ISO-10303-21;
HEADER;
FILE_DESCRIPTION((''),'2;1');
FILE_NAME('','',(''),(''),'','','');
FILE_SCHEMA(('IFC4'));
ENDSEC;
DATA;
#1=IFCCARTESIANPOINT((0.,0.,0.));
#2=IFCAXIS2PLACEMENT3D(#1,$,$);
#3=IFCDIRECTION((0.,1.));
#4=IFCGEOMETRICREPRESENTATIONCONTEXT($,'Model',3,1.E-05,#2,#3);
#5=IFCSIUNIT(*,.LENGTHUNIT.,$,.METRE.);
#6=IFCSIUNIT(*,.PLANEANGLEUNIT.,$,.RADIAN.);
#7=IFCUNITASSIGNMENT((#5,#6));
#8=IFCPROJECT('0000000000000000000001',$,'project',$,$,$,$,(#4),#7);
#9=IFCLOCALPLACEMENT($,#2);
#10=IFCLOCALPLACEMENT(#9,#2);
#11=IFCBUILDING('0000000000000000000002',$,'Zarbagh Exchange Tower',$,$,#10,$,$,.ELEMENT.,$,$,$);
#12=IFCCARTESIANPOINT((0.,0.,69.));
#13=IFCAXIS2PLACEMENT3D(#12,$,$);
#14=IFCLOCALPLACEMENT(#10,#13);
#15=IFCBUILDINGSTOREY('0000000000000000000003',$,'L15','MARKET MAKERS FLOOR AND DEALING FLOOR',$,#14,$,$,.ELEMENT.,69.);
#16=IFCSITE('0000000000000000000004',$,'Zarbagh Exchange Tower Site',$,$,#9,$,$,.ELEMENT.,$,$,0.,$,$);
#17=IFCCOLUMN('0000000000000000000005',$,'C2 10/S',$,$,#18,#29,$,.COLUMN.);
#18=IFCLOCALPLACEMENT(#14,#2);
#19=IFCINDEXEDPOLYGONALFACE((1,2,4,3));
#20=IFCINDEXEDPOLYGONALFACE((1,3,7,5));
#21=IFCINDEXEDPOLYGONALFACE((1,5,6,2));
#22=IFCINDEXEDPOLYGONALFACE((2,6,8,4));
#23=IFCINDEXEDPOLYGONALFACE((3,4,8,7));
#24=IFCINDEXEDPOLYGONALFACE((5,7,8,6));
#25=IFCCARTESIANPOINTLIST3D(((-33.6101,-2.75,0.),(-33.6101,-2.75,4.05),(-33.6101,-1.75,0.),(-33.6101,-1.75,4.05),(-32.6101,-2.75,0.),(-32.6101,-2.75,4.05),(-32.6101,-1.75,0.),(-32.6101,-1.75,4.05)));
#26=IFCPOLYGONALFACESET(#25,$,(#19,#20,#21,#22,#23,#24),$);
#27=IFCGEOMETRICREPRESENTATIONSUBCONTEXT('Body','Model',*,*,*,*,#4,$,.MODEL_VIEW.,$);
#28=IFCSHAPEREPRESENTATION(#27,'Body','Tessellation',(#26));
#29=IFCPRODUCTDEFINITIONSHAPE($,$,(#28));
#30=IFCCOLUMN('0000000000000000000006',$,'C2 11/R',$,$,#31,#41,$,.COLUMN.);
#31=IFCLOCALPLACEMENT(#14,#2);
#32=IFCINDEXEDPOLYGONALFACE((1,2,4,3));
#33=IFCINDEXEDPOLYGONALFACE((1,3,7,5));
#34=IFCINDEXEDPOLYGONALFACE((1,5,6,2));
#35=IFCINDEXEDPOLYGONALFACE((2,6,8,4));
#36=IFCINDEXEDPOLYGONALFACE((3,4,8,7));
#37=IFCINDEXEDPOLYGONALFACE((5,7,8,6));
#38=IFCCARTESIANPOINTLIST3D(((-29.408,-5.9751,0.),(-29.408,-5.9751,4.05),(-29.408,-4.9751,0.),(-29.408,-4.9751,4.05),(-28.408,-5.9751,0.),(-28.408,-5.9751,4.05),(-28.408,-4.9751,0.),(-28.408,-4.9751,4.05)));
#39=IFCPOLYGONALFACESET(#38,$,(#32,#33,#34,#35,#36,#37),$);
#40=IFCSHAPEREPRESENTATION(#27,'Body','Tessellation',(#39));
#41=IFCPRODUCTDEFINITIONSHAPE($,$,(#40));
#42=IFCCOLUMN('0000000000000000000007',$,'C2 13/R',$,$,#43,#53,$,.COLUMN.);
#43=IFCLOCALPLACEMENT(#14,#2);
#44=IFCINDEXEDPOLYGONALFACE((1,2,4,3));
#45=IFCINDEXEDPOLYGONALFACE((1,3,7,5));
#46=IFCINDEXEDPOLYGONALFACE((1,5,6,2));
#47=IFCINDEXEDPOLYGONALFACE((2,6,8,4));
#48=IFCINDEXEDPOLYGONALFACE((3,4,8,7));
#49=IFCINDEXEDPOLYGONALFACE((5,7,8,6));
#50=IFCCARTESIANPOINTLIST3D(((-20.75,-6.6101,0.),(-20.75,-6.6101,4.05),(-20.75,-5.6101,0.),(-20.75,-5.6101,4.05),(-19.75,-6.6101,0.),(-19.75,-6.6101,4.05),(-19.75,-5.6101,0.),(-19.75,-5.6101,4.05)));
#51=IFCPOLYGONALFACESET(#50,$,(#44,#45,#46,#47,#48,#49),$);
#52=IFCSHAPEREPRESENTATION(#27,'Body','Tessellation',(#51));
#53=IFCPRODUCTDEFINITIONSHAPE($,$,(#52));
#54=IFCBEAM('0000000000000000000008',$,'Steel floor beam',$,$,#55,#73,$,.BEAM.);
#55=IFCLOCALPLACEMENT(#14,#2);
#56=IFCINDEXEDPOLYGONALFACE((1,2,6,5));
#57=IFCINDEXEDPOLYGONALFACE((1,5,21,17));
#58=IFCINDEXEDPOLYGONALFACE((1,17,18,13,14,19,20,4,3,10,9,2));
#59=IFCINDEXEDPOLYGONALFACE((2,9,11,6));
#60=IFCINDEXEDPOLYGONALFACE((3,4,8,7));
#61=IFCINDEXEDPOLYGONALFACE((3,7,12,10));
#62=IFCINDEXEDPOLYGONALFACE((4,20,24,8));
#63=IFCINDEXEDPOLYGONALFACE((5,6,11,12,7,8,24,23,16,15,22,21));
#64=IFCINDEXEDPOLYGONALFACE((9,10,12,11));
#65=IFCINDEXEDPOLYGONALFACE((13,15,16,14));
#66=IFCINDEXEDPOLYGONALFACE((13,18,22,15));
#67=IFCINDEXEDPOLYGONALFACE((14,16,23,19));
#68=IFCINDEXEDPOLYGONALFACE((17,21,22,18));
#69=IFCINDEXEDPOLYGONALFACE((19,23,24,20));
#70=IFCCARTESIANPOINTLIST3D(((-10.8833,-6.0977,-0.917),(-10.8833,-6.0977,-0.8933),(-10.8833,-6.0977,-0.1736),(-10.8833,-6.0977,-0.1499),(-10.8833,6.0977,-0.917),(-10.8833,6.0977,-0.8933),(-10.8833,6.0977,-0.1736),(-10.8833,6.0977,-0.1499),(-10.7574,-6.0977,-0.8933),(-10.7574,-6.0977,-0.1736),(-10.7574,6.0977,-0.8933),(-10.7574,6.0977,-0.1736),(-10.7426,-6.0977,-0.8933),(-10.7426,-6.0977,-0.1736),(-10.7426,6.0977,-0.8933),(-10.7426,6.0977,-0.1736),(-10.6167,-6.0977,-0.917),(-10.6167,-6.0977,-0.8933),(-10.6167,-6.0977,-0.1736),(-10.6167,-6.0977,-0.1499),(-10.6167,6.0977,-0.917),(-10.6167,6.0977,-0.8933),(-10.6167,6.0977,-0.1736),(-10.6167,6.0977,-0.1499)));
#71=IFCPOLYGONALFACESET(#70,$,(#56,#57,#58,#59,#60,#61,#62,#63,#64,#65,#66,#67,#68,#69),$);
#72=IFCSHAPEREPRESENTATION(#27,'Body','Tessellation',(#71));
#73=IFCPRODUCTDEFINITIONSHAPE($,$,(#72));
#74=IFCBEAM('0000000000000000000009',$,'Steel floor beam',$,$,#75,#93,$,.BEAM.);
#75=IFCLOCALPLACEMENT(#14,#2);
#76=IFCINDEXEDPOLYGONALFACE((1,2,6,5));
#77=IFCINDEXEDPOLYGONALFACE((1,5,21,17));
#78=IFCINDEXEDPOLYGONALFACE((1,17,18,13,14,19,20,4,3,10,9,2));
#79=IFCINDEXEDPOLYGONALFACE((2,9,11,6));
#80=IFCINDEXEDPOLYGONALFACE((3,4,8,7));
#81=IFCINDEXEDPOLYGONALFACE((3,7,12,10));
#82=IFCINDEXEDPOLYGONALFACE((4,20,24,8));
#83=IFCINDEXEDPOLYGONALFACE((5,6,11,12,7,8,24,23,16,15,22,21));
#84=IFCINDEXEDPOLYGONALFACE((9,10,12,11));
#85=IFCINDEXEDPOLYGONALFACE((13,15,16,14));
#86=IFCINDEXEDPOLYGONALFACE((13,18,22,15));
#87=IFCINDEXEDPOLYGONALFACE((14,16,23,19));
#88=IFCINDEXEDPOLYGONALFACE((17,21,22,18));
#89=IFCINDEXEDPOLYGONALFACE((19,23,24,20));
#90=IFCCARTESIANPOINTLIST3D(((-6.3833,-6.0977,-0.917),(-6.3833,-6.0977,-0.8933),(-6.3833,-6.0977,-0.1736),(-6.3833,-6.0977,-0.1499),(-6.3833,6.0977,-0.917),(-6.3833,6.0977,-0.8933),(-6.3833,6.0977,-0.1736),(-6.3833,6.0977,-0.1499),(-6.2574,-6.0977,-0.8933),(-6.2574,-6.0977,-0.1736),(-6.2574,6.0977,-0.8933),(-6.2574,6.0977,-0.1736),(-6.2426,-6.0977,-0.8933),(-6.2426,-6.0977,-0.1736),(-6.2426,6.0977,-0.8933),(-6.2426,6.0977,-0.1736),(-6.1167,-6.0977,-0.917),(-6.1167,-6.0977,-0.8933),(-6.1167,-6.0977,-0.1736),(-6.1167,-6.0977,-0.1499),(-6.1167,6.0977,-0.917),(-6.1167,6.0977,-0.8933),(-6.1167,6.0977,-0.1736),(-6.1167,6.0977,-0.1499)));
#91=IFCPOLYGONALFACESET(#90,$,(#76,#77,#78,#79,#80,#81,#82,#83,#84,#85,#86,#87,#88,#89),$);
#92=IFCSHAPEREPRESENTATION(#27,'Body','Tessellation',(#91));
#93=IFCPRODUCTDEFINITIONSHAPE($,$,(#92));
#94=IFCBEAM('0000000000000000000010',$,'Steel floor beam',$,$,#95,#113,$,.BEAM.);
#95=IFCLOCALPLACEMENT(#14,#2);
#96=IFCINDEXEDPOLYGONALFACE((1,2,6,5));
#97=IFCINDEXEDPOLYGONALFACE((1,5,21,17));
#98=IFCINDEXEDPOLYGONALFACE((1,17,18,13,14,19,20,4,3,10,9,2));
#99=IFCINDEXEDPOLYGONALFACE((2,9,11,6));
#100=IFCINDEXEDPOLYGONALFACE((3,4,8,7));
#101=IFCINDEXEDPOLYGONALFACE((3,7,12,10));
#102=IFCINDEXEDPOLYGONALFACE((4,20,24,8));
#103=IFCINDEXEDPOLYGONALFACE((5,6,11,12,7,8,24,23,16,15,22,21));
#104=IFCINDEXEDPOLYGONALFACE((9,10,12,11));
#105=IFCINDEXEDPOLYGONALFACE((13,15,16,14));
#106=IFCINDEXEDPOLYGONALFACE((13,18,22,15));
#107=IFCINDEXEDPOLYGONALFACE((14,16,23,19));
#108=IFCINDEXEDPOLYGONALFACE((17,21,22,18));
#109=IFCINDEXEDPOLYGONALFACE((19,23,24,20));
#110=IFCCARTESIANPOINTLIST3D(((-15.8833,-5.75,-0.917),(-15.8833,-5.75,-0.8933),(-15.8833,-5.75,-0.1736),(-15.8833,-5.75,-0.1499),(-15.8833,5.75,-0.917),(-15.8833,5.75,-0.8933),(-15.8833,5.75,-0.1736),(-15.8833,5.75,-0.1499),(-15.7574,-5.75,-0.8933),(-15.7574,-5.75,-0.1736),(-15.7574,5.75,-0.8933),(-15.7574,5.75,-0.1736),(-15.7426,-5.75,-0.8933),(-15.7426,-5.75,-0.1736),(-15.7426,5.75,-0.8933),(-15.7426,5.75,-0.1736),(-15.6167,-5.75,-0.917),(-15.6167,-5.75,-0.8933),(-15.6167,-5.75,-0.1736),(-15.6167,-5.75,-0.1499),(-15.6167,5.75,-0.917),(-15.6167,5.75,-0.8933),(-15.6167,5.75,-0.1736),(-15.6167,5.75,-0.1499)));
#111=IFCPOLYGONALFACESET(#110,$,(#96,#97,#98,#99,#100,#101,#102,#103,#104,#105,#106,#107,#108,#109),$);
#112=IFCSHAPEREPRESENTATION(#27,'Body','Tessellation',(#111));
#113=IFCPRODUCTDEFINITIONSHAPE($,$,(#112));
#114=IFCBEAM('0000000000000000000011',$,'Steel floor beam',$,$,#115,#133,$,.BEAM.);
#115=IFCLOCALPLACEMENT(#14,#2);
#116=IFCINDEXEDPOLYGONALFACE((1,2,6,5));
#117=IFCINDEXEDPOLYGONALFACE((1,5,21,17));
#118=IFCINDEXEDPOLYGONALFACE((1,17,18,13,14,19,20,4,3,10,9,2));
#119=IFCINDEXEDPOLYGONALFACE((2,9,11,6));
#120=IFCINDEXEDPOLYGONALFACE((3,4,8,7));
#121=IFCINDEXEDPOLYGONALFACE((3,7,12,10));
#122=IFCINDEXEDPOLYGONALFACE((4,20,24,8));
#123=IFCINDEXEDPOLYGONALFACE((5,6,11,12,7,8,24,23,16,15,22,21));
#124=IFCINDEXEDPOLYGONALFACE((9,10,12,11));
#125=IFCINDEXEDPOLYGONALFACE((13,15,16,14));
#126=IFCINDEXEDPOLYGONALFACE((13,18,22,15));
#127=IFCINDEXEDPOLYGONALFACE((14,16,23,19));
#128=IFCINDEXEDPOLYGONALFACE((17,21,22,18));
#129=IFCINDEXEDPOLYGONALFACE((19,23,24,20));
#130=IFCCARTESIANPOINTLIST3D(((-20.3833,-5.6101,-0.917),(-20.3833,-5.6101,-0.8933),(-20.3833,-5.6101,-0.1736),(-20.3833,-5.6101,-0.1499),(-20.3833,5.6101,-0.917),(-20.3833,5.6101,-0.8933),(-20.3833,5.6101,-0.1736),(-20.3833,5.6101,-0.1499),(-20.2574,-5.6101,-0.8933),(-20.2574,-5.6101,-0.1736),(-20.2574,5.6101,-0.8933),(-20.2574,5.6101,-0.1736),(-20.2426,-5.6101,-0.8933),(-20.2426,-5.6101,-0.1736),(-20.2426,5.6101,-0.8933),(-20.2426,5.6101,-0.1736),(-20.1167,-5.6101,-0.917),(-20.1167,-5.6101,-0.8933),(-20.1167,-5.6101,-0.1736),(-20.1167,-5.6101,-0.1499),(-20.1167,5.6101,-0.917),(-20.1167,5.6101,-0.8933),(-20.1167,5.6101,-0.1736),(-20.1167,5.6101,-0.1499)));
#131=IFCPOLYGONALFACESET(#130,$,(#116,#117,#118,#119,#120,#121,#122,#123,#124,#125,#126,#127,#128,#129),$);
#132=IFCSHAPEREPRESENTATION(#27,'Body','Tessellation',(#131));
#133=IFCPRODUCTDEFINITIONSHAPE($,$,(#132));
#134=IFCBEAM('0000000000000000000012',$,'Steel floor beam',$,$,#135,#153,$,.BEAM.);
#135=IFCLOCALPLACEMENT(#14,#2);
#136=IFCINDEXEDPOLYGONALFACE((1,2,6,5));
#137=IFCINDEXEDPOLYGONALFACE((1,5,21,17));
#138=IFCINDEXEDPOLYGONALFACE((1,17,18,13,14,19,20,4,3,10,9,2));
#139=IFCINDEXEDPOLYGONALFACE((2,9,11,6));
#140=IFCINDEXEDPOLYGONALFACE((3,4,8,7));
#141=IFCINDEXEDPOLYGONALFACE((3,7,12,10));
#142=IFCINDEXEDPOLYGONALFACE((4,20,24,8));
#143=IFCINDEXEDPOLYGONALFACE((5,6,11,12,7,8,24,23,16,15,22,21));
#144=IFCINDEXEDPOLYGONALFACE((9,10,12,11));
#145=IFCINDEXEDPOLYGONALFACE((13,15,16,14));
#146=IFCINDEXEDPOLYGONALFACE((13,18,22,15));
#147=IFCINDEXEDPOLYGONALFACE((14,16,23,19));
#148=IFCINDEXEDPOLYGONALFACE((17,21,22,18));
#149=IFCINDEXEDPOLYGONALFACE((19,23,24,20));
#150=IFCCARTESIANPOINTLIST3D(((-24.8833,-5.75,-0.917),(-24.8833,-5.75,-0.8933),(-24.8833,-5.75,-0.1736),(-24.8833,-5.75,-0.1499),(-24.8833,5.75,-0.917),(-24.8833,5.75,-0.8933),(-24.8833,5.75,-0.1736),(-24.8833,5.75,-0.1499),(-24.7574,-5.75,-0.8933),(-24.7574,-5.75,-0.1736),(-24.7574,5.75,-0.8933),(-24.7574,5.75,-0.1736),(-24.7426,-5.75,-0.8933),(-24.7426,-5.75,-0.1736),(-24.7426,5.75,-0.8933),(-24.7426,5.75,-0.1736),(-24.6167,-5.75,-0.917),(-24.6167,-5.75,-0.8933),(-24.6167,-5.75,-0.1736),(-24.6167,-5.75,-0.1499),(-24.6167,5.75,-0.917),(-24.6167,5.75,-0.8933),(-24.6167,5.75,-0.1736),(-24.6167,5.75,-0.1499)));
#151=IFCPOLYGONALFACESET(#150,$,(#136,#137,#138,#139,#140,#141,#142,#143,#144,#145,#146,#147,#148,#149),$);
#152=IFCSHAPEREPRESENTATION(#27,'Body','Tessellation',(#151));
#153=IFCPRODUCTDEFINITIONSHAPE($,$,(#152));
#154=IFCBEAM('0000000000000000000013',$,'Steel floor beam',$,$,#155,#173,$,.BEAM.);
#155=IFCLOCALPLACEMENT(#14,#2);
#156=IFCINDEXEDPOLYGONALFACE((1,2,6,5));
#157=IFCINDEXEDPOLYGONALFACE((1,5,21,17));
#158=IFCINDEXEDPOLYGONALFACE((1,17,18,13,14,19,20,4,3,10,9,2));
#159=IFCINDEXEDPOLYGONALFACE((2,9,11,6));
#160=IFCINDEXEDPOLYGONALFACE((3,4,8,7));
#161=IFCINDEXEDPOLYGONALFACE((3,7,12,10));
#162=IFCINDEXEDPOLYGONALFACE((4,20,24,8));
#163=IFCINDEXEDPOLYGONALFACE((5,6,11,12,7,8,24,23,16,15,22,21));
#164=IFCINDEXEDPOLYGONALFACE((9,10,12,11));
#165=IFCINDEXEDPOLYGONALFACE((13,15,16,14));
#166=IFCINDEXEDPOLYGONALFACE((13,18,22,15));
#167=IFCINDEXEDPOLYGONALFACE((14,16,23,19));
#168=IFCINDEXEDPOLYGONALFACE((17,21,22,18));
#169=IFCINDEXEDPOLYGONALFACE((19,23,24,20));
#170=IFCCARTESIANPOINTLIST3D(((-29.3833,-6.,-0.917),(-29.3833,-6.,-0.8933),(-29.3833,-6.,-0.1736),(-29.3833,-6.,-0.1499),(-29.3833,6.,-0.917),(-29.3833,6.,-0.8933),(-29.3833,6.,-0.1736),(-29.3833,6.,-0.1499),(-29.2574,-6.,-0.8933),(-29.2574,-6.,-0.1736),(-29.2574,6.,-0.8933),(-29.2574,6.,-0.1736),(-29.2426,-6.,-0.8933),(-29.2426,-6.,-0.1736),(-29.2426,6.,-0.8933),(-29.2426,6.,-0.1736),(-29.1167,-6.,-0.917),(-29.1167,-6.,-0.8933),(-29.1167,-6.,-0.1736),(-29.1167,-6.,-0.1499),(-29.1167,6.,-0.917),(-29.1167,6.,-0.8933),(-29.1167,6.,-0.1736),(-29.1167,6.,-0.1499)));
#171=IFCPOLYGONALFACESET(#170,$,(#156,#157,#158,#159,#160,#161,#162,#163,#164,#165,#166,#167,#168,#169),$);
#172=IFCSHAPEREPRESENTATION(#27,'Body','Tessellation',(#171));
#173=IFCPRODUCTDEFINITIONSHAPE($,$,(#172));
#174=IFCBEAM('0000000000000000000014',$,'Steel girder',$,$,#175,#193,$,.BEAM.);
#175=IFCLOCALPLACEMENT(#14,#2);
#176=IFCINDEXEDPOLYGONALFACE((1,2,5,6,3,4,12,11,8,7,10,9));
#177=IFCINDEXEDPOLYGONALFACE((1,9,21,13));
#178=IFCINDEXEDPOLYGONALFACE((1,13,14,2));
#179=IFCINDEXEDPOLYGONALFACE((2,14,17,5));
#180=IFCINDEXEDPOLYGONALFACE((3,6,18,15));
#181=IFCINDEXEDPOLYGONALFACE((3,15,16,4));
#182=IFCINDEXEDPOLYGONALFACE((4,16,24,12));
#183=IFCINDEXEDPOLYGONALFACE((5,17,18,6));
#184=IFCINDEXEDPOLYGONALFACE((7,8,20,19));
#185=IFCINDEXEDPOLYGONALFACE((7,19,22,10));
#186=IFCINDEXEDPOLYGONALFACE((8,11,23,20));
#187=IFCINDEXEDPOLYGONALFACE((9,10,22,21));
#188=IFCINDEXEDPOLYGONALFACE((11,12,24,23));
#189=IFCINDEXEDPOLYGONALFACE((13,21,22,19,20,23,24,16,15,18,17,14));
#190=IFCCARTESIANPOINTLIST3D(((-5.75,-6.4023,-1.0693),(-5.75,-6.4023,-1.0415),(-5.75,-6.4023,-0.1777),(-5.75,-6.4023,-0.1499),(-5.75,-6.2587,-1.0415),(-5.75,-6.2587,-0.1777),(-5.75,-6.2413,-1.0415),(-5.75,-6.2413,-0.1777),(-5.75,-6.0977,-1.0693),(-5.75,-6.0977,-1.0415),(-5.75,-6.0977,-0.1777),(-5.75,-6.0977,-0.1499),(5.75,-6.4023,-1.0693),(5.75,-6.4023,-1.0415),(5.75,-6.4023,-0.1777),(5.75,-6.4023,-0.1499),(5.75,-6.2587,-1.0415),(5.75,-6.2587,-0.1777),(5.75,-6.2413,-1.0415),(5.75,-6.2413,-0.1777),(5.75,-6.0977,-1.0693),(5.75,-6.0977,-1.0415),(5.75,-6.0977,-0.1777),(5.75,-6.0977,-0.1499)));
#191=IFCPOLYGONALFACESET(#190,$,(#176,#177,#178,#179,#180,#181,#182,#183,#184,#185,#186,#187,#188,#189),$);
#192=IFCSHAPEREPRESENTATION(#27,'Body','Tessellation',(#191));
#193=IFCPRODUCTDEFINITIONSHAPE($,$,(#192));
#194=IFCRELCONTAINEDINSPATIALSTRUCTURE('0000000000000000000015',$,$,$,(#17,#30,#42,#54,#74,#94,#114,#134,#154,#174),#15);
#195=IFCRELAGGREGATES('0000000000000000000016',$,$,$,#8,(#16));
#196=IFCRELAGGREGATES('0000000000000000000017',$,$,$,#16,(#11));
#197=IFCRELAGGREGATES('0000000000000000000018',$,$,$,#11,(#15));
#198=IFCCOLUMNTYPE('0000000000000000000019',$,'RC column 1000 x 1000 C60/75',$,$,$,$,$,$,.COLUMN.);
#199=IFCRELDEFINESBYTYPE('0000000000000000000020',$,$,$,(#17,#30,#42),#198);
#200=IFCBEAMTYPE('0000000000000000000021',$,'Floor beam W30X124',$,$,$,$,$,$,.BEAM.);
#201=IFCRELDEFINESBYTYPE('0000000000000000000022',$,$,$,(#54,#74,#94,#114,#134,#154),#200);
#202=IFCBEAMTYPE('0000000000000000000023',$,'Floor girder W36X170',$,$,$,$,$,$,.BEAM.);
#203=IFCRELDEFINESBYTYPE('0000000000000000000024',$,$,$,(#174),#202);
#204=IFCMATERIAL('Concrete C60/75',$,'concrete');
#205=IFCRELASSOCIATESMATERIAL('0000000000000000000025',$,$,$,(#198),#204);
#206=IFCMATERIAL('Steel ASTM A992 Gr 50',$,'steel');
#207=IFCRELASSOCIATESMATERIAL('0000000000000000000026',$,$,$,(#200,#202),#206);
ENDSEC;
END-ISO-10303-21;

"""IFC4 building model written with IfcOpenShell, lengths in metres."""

from ifc_helpers import new_model, si_unit, direction, frame, origin, origin_2d, place, context, subcontext, project, spatial, rectangle, i_section, extrude, material, material_profile, profile_set, type_object, element, save


model = new_model("IFC4")

# Units and contexts
model_context = context("Model", 3, precision=1e-05, world=origin(), true_north=direction((0.0, 1.0)))
body_context = subcontext(model_context, "Body", "Model", "MODEL_VIEW")
ifc_project = project(units=[si_unit("LENGTHUNIT", "METRE"), si_unit("PLANEANGLEUNIT", "RADIAN")], contexts=[model_context])

# Site, building, storey
site_placement = place(None, origin())
site = spatial("IfcSite", under=ifc_project, at=site_placement, Name="Zarbagh Exchange Tower Site", CompositionType="ELEMENT", RefElevation=0.0)
building_placement = place(site_placement, origin())
building = spatial("IfcBuilding", under=site, at=building_placement, Name="Zarbagh Exchange Tower", CompositionType="ELEMENT")
storey_placement = place(building_placement, frame((0.0, 0.0, 69.0)))
storey = spatial("IfcBuildingStorey", under=building, at=storey_placement, Name="L15", Description="MARKET MAKERS FLOOR AND DEALING FLOOR", CompositionType="ELEMENT", Elevation=69.0)

# Columns
ifc_material_1 = material(Name="Concrete C60/75", Category="concrete")
ifc_material_profile_1 = material_profile(ifc_material_1, rectangle(XDim=1.0, YDim=1.0, at=origin_2d()), Name="RC column 1000 x 1000 C60/75")
ifc_profile_set_1 = profile_set([ifc_material_profile_1], Name="Concrete C60/75")
column_type = type_object("IfcColumnType", Name="RC column 1000 x 1000 C60/75", PredefinedType="COLUMN", material=ifc_profile_set_1)
for number, where, z_axis, x_axis, name in (
    (1, (-33.1101, -2.25, 0.0), (0.0, 0.0, 1.0), (1.0, 0.0, 0.0), "C2 10/S"),
    (2, (-28.908, -5.4751, 0.0), (0.0, 0.0, 1.0), (1.0, 0.0, 0.0), "C2 11/R"),
    (3, (-20.25, -6.1101, 0.0), (0.0, 0.0, 1.0), (1.0, 0.0, 0.0), "C2 13/R"),
):
    element("IfcColumn", number, at=place(storey_placement, frame(where, z_axis=z_axis, x_axis=x_axis)), inside=storey, type_object=column_type, Name=name, PredefinedType="COLUMN", context=body_context, shape_type="SweptSolid", body=[
        extrude(rectangle(XDim=1.0, YDim=1.0, at=origin_2d()), origin(), (0.0, 0.0, 1.0), 4.05),
    ])

# Beams
ifc_material_2 = material(Name="Steel ASTM A992 Gr 50", Category="steel")
ifc_material_profile_2 = material_profile(ifc_material_2, i_section(OverallWidth=0.2666, OverallDepth=0.7671, WebThickness=0.0149, FlangeThickness=0.0237, at=origin_2d()), Name="W30X124")
ifc_profile_set_2 = profile_set([ifc_material_profile_2], Name="Steel ASTM A992 Gr 50")
beam_type_1 = type_object("IfcBeamType", Name="Floor beam W30X124", PredefinedType="BEAM", material=ifc_profile_set_2)
for number, where, z_axis, x_axis, name in (
    (4, (-10.75, -6.0977, -0.5334), (0.0, 1.0, 0.0), (-1.0, 0.0, 0.0), "Steel floor beam"),
    (5, (-6.25, -6.0977, -0.5334), (0.0, 1.0, 0.0), (-1.0, 0.0, 0.0), "Steel floor beam"),
):
    element("IfcBeam", number, at=place(storey_placement, frame(where, z_axis=z_axis, x_axis=x_axis)), inside=storey, type_object=beam_type_1, Name=name, PredefinedType="BEAM", context=body_context, shape_type="SweptSolid", body=[
        extrude(i_section(OverallWidth=0.2666, OverallDepth=0.7671, WebThickness=0.0149, FlangeThickness=0.0237, at=origin_2d()), origin(), (0.0, 0.0, 1.0), 12.1953),
    ])
beam_1_placement = place(storey_placement, frame((-15.75, -5.75, -0.5334), z_axis=(0.0, 1.0, 0.0), x_axis=(-1.0, 0.0, 0.0)))
element("IfcBeam", 6, at=beam_1_placement, inside=storey, type_object=beam_type_1, Name="Steel floor beam", PredefinedType="BEAM", context=body_context, shape_type="SweptSolid", body=[
    extrude(i_section(OverallWidth=0.2666, OverallDepth=0.7671, WebThickness=0.0149, FlangeThickness=0.0237, at=origin_2d()), origin(), (0.0, 0.0, 1.0), 11.5),
])
beam_2_placement = place(storey_placement, frame((-20.25, -5.6101, -0.5334), z_axis=(0.0, 1.0, 0.0), x_axis=(-1.0, 0.0, 0.0)))
element("IfcBeam", 7, at=beam_2_placement, inside=storey, type_object=beam_type_1, Name="Steel floor beam", PredefinedType="BEAM", context=body_context, shape_type="SweptSolid", body=[
    extrude(i_section(OverallWidth=0.2666, OverallDepth=0.7671, WebThickness=0.0149, FlangeThickness=0.0237, at=origin_2d()), origin(), (0.0, 0.0, 1.0), 11.2202),
])
beam_3_placement = place(storey_placement, frame((-24.75, -5.75, -0.5334), z_axis=(0.0, 1.0, 0.0), x_axis=(-1.0, 0.0, 0.0)))
element("IfcBeam", 8, at=beam_3_placement, inside=storey, type_object=beam_type_1, Name="Steel floor beam", PredefinedType="BEAM", context=body_context, shape_type="SweptSolid", body=[
    extrude(i_section(OverallWidth=0.2666, OverallDepth=0.7671, WebThickness=0.0149, FlangeThickness=0.0237, at=origin_2d()), origin(), (0.0, 0.0, 1.0), 11.5),
])
beam_4_placement = place(storey_placement, frame((-29.25, -6.0, -0.5334), z_axis=(0.0, 1.0, 0.0), x_axis=(-1.0, 0.0, 0.0)))
element("IfcBeam", 9, at=beam_4_placement, inside=storey, type_object=beam_type_1, Name="Steel floor beam", PredefinedType="BEAM", context=body_context, shape_type="SweptSolid", body=[
    extrude(i_section(OverallWidth=0.2666, OverallDepth=0.7671, WebThickness=0.0149, FlangeThickness=0.0237, at=origin_2d()), origin(), (0.0, 0.0, 1.0), 12.0),
])
ifc_material_profile_3 = material_profile(ifc_material_2, i_section(OverallWidth=0.3047, OverallDepth=0.9194, WebThickness=0.0173, FlangeThickness=0.0278, at=origin_2d()), Name="W36X170")
ifc_profile_set_3 = profile_set([ifc_material_profile_3], Name="Steel ASTM A992 Gr 50")
beam_type_2 = type_object("IfcBeamType", Name="Floor girder W36X170", PredefinedType="BEAM", material=ifc_profile_set_3)
beam_5_placement = place(storey_placement, frame((-5.75, -6.25, -0.6096), z_axis=(1.0, 0.0, 0.0), x_axis=(0.0, 1.0, 0.0)))
element("IfcBeam", 10, at=beam_5_placement, inside=storey, type_object=beam_type_2, Name="Steel girder", PredefinedType="BEAM", context=body_context, shape_type="SweptSolid", body=[
    extrude(i_section(OverallWidth=0.3047, OverallDepth=0.9194, WebThickness=0.0173, FlangeThickness=0.0278, at=origin_2d()), origin(), (0.0, 0.0, 1.0), 11.5),
])

save(model, "model.ifc")
